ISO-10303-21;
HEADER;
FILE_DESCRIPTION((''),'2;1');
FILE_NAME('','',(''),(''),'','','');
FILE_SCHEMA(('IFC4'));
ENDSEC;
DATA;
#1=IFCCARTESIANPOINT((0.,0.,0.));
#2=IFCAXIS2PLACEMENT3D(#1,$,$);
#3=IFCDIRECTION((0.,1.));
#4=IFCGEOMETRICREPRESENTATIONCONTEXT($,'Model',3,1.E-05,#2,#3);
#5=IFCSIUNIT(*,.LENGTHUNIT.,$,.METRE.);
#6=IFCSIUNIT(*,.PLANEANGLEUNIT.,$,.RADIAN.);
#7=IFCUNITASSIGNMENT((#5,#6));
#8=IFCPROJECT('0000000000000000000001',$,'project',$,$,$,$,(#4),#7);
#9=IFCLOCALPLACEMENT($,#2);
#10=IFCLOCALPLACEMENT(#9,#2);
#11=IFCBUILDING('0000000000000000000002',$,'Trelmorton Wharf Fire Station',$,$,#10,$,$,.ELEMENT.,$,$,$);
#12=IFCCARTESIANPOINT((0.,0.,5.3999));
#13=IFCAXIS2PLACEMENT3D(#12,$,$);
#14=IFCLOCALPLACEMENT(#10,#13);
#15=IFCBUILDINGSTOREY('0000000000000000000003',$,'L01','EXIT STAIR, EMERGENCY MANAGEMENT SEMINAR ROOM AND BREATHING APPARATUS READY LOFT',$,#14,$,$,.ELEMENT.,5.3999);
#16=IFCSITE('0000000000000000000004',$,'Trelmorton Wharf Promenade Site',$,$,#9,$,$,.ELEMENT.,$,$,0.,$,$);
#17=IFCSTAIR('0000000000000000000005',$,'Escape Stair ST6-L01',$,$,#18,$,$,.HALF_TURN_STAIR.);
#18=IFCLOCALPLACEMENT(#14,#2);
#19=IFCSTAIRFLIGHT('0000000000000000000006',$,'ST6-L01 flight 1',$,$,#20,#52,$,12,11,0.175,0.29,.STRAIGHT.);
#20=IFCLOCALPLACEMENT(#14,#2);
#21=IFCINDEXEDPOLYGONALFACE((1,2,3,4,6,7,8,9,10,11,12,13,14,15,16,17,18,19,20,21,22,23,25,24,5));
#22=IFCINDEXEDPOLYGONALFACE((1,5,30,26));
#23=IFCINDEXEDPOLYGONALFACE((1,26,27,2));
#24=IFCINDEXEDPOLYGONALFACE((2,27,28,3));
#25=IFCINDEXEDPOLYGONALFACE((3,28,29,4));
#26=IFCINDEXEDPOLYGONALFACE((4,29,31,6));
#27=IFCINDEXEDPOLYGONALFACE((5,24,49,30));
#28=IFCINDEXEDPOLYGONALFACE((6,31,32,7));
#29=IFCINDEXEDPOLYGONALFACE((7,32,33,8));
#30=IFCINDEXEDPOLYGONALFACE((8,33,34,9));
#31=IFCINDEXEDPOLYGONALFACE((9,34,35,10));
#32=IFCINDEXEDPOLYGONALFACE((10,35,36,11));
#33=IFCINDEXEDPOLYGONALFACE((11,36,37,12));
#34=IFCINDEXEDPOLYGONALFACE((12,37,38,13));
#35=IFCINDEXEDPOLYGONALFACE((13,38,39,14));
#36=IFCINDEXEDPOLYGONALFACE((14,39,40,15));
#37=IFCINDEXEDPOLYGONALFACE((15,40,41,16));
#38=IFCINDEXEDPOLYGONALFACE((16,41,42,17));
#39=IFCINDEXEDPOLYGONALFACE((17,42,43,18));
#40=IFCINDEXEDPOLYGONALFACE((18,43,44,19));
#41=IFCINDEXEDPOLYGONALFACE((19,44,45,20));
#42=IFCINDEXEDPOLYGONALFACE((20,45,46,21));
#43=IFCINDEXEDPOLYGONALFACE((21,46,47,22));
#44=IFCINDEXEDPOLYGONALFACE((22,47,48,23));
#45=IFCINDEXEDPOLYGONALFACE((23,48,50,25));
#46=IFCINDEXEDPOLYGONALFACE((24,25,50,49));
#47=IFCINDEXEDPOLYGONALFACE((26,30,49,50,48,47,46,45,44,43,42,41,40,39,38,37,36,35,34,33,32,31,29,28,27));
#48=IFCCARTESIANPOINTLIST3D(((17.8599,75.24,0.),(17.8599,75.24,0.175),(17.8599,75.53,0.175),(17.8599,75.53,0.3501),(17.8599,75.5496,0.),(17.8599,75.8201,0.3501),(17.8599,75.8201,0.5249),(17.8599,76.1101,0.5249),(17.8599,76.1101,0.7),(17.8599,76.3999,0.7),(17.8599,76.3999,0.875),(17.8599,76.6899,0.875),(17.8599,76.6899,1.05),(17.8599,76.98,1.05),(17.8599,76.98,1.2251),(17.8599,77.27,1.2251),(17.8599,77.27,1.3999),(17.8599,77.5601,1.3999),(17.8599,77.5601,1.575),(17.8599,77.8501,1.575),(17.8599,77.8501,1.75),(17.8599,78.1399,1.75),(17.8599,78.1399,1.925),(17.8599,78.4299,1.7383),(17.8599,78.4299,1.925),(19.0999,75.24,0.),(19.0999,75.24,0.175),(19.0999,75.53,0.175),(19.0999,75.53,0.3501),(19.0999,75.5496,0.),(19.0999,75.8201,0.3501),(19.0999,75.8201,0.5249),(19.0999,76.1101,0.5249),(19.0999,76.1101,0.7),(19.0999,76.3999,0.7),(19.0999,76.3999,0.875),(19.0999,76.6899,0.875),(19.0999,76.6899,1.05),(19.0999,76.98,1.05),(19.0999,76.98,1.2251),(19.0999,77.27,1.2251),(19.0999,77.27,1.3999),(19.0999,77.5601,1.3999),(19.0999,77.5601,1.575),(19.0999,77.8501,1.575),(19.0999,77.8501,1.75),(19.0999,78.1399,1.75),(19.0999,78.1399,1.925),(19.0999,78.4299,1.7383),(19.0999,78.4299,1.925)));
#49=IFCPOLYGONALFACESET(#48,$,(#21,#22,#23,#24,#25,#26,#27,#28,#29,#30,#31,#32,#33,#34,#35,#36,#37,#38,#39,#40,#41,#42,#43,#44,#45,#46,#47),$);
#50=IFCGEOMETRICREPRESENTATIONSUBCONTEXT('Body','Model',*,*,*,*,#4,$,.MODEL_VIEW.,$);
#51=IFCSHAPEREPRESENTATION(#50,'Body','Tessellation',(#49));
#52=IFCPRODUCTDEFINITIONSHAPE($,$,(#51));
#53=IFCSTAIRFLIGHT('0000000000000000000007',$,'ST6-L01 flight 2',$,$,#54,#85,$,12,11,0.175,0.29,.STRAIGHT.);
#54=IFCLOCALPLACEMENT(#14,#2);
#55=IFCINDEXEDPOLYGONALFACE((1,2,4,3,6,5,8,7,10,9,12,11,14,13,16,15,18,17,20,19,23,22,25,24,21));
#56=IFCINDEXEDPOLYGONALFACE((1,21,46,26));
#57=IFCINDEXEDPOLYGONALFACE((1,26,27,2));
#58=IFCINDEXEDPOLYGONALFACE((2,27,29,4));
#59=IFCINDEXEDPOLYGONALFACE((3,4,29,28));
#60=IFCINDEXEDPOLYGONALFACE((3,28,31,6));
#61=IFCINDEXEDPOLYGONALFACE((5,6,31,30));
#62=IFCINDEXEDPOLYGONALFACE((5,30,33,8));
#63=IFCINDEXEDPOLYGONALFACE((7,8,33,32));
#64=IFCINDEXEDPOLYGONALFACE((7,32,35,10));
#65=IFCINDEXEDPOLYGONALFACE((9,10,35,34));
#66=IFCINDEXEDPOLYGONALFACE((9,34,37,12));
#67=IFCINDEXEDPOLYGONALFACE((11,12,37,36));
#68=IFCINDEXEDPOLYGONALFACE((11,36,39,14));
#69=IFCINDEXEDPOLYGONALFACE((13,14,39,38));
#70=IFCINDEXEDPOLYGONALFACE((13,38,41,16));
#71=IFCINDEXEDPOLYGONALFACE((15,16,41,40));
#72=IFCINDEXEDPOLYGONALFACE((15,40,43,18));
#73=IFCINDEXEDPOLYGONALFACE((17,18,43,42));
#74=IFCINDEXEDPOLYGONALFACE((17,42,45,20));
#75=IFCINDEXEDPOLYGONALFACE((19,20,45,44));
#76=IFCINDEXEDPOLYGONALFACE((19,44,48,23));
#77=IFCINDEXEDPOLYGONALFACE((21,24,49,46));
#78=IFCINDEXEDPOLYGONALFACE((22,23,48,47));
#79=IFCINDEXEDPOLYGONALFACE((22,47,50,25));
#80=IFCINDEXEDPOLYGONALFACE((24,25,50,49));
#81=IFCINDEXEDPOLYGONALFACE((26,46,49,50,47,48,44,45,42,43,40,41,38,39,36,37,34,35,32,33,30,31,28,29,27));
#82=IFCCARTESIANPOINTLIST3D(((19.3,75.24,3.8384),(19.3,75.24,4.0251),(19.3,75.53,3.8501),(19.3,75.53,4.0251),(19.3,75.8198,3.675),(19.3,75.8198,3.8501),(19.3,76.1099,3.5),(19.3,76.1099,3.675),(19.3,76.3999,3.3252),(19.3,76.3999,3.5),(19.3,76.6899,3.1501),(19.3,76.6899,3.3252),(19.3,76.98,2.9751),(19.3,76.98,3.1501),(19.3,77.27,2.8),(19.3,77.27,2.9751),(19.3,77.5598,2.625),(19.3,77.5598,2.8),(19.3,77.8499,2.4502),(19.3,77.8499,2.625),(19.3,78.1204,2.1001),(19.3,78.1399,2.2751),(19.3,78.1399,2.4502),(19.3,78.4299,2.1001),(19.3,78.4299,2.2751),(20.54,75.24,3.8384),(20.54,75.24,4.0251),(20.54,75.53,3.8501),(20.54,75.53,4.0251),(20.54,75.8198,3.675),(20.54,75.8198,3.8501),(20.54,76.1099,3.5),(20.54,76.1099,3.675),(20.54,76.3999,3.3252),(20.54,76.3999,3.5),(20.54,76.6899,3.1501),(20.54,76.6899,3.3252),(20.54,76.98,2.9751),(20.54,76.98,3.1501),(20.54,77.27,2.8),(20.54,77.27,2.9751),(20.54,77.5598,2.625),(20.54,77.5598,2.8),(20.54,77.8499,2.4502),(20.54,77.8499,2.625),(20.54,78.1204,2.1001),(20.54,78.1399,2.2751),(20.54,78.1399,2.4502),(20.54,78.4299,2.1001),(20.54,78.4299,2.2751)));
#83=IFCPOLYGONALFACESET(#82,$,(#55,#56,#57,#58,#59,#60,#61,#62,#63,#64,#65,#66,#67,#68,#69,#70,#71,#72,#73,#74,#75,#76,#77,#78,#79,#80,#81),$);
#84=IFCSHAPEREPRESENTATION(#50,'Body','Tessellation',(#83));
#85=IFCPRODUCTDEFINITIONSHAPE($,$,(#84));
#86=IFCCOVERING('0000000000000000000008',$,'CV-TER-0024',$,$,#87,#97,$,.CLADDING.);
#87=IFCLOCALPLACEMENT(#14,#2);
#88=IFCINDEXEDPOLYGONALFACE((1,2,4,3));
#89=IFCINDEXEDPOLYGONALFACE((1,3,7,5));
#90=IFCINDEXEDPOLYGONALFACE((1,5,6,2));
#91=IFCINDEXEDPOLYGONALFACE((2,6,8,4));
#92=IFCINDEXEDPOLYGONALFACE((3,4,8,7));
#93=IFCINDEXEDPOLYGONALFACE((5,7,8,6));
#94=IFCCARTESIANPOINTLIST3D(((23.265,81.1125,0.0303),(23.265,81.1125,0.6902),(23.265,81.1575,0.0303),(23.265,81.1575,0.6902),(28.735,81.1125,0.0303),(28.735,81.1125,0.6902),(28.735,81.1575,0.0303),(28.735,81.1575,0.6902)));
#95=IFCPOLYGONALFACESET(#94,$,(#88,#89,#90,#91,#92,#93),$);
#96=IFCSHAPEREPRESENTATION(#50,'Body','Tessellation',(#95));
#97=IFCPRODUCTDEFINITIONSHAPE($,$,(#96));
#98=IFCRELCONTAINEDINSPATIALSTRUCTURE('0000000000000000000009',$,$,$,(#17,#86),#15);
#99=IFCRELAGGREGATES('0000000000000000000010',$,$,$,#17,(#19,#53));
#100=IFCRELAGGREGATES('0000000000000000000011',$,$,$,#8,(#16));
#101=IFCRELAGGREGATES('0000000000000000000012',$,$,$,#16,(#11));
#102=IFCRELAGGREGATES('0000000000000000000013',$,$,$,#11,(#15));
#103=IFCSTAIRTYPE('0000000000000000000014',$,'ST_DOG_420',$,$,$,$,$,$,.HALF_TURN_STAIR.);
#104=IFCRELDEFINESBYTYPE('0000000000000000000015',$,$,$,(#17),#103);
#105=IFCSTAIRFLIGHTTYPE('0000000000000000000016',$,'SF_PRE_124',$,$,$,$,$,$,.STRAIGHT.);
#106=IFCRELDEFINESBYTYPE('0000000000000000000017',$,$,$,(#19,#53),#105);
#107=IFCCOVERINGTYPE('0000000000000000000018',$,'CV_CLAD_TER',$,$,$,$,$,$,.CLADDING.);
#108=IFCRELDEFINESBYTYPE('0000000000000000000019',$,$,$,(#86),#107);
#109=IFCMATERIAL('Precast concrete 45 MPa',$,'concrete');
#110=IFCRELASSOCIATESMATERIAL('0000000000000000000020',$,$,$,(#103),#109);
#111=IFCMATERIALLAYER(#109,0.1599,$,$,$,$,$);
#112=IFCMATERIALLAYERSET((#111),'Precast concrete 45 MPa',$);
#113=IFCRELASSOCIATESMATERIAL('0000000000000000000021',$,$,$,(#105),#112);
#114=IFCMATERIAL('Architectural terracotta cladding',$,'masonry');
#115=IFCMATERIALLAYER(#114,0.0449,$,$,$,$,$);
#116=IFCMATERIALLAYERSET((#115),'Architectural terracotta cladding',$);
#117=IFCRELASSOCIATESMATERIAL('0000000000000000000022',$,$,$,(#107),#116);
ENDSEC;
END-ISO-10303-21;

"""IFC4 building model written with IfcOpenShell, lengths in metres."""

from ifc_helpers import new_model, si_unit, direction, frame, origin, origin_2d, place, context, subcontext, project, spatial, polyline, rectangle, outline, extrude, material, layer, layer_set, type_object, element, aggregate, save


model = new_model("IFC4")

# Units and contexts
model_context = context("Model", 3, precision=1e-05, world=origin(), true_north=direction((0.0, 1.0)))
body_context = subcontext(model_context, "Body", "Model", "MODEL_VIEW")
ifc_project = project(units=[si_unit("LENGTHUNIT", "METRE"), si_unit("PLANEANGLEUNIT", "RADIAN")], contexts=[model_context])

# Site, building, storey
site_placement = place(None, origin())
site = spatial("IfcSite", under=ifc_project, at=site_placement, Name="Trelmorton Wharf Promenade Site", CompositionType="ELEMENT", RefElevation=0.0)
building_placement = place(site_placement, origin())
building = spatial("IfcBuilding", under=site, at=building_placement, Name="Trelmorton Wharf Fire Station", CompositionType="ELEMENT")
storey_placement = place(building_placement, frame((0.0, 0.0, 5.3999)))
storey = spatial("IfcBuildingStorey", under=building, at=storey_placement, Name="L01", Description="EXIT STAIR, EMERGENCY MANAGEMENT SEMINAR ROOM AND BREATHING APPARATUS READY LOFT", CompositionType="ELEMENT", Elevation=5.3999)

# Shared definitions
ifc_material_1 = material(Name="Precast concrete 45 MPa", Category="concrete")

# Stair, stair flights
stair_type = type_object("IfcStairType", Name="ST_DOG_420", PredefinedType="HALF_TURN_STAIR", material=ifc_material_1)
stair_placement = place(storey_placement, origin())
stair = element("IfcStair", 1, at=stair_placement, inside=storey, type_object=stair_type, Name="Escape Stair ST6-L01", PredefinedType="HALF_TURN_STAIR")
ifc_layer_1 = layer(ifc_material_1, 0.1599)
ifc_layer_set_1 = layer_set([ifc_layer_1], Name="Precast concrete 45 MPa")
stair_flight_type = type_object("IfcStairFlightType", Name="SF_PRE_124", PredefinedType="STRAIGHT", material=ifc_layer_set_1)
stair_flight_1_placement = place(storey_placement, frame((18.48, 75.24, 0.0), z_axis=(0.0, 0.0, 1.0), x_axis=(0.0, 1.0, 0.0)))
stair_flight_1 = element("IfcStairFlight", 2, at=stair_flight_1_placement, type_object=stair_flight_type, Name="ST6-L01 flight 1", NumberOfRisers=12, NumberOfTreads=11, PredefinedType="STRAIGHT", RiserHeight=0.175, TreadLength=0.29, context=body_context, shape_type="SweptSolid", body=[
    extrude(outline(polyline([(0.0, 0.0), (0.0, 0.175), (0.29, 0.175), (0.29, 0.3501), (0.5801, 0.3501), (0.5801, 0.5249), (0.8701, 0.5249), (0.8701, 0.7), (1.1599, 0.7), (1.1599, 0.875), (1.45, 0.875), (1.45, 1.05), (1.74, 1.05), (1.74, 1.2251), (2.03, 1.2251), (2.03, 1.3999), (2.3201, 1.3999), (2.3201, 1.575), (2.6101, 1.575), (2.6101, 1.75), (2.8999, 1.75), (2.8999, 1.925), (3.1899, 1.925), (3.1899, 2.1001), (3.1899, 1.7383), (0.3096, 0.0), (0.0, 0.0)])), frame((0.0, 0.6201, 0.0), z_axis=(0.0, -1.0, 0.0), x_axis=(1.0, 0.0, 0.0)), (0.0, 0.0, 1.0), 1.24),
])
stair_flight_2_placement = place(storey_placement, frame((19.9199, 78.4299, 2.1001), z_axis=(0.0, 0.0, 1.0), x_axis=(0.0, -1.0, 0.0)))
stair_flight_2 = element("IfcStairFlight", 3, at=stair_flight_2_placement, type_object=stair_flight_type, Name="ST6-L01 flight 2", NumberOfRisers=12, NumberOfTreads=11, PredefinedType="STRAIGHT", RiserHeight=0.175, TreadLength=0.29, context=body_context, shape_type="SweptSolid", body=[
    extrude(outline(polyline([(0.0, 0.0), (0.0, 0.175), (0.29, 0.175), (0.29, 0.3501), (0.5801, 0.3501), (0.5801, 0.5249), (0.8701, 0.5249), (0.8701, 0.7), (1.1599, 0.7), (1.1599, 0.875), (1.45, 0.875), (1.45, 1.05), (1.74, 1.05), (1.74, 1.2251), (2.03, 1.2251), (2.03, 1.3999), (2.3201, 1.3999), (2.3201, 1.575), (2.6101, 1.575), (2.6101, 1.75), (2.8999, 1.75), (2.8999, 1.925), (3.1899, 1.925), (3.1899, 2.1001), (3.1899, 1.7383), (0.3096, 0.0), (0.0, 0.0)])), frame((0.0, 0.6201, 0.0), z_axis=(0.0, -1.0, 0.0), x_axis=(1.0, 0.0, 0.0)), (0.0, 0.0, 1.0), 1.24),
])
aggregate(stair, [stair_flight_1, stair_flight_2])

# Covering
ifc_material_2 = material(Name="Architectural terracotta cladding", Category="masonry")
ifc_layer_2 = layer(ifc_material_2, 0.0449)
ifc_layer_set_2 = layer_set([ifc_layer_2], Name="Architectural terracotta cladding")
covering_type = type_object("IfcCoveringType", Name="CV_CLAD_TER", PredefinedType="CLADDING", material=ifc_layer_set_2)
covering_placement = place(storey_placement, frame((26.0, 81.135, 0.0303), z_axis=(0.0, 0.0, 1.0), x_axis=(1.0, 0.0, 0.0)))
element("IfcCovering", 4, at=covering_placement, inside=storey, type_object=covering_type, Name="CV-TER-0024", PredefinedType="CLADDING", context=body_context, shape_type="SweptSolid", body=[
    extrude(rectangle(XDim=5.47, YDim=0.0449, at=origin_2d()), origin(), (0.0, 0.0, 1.0), 0.6599),
])

save(model, "model.ifc")
